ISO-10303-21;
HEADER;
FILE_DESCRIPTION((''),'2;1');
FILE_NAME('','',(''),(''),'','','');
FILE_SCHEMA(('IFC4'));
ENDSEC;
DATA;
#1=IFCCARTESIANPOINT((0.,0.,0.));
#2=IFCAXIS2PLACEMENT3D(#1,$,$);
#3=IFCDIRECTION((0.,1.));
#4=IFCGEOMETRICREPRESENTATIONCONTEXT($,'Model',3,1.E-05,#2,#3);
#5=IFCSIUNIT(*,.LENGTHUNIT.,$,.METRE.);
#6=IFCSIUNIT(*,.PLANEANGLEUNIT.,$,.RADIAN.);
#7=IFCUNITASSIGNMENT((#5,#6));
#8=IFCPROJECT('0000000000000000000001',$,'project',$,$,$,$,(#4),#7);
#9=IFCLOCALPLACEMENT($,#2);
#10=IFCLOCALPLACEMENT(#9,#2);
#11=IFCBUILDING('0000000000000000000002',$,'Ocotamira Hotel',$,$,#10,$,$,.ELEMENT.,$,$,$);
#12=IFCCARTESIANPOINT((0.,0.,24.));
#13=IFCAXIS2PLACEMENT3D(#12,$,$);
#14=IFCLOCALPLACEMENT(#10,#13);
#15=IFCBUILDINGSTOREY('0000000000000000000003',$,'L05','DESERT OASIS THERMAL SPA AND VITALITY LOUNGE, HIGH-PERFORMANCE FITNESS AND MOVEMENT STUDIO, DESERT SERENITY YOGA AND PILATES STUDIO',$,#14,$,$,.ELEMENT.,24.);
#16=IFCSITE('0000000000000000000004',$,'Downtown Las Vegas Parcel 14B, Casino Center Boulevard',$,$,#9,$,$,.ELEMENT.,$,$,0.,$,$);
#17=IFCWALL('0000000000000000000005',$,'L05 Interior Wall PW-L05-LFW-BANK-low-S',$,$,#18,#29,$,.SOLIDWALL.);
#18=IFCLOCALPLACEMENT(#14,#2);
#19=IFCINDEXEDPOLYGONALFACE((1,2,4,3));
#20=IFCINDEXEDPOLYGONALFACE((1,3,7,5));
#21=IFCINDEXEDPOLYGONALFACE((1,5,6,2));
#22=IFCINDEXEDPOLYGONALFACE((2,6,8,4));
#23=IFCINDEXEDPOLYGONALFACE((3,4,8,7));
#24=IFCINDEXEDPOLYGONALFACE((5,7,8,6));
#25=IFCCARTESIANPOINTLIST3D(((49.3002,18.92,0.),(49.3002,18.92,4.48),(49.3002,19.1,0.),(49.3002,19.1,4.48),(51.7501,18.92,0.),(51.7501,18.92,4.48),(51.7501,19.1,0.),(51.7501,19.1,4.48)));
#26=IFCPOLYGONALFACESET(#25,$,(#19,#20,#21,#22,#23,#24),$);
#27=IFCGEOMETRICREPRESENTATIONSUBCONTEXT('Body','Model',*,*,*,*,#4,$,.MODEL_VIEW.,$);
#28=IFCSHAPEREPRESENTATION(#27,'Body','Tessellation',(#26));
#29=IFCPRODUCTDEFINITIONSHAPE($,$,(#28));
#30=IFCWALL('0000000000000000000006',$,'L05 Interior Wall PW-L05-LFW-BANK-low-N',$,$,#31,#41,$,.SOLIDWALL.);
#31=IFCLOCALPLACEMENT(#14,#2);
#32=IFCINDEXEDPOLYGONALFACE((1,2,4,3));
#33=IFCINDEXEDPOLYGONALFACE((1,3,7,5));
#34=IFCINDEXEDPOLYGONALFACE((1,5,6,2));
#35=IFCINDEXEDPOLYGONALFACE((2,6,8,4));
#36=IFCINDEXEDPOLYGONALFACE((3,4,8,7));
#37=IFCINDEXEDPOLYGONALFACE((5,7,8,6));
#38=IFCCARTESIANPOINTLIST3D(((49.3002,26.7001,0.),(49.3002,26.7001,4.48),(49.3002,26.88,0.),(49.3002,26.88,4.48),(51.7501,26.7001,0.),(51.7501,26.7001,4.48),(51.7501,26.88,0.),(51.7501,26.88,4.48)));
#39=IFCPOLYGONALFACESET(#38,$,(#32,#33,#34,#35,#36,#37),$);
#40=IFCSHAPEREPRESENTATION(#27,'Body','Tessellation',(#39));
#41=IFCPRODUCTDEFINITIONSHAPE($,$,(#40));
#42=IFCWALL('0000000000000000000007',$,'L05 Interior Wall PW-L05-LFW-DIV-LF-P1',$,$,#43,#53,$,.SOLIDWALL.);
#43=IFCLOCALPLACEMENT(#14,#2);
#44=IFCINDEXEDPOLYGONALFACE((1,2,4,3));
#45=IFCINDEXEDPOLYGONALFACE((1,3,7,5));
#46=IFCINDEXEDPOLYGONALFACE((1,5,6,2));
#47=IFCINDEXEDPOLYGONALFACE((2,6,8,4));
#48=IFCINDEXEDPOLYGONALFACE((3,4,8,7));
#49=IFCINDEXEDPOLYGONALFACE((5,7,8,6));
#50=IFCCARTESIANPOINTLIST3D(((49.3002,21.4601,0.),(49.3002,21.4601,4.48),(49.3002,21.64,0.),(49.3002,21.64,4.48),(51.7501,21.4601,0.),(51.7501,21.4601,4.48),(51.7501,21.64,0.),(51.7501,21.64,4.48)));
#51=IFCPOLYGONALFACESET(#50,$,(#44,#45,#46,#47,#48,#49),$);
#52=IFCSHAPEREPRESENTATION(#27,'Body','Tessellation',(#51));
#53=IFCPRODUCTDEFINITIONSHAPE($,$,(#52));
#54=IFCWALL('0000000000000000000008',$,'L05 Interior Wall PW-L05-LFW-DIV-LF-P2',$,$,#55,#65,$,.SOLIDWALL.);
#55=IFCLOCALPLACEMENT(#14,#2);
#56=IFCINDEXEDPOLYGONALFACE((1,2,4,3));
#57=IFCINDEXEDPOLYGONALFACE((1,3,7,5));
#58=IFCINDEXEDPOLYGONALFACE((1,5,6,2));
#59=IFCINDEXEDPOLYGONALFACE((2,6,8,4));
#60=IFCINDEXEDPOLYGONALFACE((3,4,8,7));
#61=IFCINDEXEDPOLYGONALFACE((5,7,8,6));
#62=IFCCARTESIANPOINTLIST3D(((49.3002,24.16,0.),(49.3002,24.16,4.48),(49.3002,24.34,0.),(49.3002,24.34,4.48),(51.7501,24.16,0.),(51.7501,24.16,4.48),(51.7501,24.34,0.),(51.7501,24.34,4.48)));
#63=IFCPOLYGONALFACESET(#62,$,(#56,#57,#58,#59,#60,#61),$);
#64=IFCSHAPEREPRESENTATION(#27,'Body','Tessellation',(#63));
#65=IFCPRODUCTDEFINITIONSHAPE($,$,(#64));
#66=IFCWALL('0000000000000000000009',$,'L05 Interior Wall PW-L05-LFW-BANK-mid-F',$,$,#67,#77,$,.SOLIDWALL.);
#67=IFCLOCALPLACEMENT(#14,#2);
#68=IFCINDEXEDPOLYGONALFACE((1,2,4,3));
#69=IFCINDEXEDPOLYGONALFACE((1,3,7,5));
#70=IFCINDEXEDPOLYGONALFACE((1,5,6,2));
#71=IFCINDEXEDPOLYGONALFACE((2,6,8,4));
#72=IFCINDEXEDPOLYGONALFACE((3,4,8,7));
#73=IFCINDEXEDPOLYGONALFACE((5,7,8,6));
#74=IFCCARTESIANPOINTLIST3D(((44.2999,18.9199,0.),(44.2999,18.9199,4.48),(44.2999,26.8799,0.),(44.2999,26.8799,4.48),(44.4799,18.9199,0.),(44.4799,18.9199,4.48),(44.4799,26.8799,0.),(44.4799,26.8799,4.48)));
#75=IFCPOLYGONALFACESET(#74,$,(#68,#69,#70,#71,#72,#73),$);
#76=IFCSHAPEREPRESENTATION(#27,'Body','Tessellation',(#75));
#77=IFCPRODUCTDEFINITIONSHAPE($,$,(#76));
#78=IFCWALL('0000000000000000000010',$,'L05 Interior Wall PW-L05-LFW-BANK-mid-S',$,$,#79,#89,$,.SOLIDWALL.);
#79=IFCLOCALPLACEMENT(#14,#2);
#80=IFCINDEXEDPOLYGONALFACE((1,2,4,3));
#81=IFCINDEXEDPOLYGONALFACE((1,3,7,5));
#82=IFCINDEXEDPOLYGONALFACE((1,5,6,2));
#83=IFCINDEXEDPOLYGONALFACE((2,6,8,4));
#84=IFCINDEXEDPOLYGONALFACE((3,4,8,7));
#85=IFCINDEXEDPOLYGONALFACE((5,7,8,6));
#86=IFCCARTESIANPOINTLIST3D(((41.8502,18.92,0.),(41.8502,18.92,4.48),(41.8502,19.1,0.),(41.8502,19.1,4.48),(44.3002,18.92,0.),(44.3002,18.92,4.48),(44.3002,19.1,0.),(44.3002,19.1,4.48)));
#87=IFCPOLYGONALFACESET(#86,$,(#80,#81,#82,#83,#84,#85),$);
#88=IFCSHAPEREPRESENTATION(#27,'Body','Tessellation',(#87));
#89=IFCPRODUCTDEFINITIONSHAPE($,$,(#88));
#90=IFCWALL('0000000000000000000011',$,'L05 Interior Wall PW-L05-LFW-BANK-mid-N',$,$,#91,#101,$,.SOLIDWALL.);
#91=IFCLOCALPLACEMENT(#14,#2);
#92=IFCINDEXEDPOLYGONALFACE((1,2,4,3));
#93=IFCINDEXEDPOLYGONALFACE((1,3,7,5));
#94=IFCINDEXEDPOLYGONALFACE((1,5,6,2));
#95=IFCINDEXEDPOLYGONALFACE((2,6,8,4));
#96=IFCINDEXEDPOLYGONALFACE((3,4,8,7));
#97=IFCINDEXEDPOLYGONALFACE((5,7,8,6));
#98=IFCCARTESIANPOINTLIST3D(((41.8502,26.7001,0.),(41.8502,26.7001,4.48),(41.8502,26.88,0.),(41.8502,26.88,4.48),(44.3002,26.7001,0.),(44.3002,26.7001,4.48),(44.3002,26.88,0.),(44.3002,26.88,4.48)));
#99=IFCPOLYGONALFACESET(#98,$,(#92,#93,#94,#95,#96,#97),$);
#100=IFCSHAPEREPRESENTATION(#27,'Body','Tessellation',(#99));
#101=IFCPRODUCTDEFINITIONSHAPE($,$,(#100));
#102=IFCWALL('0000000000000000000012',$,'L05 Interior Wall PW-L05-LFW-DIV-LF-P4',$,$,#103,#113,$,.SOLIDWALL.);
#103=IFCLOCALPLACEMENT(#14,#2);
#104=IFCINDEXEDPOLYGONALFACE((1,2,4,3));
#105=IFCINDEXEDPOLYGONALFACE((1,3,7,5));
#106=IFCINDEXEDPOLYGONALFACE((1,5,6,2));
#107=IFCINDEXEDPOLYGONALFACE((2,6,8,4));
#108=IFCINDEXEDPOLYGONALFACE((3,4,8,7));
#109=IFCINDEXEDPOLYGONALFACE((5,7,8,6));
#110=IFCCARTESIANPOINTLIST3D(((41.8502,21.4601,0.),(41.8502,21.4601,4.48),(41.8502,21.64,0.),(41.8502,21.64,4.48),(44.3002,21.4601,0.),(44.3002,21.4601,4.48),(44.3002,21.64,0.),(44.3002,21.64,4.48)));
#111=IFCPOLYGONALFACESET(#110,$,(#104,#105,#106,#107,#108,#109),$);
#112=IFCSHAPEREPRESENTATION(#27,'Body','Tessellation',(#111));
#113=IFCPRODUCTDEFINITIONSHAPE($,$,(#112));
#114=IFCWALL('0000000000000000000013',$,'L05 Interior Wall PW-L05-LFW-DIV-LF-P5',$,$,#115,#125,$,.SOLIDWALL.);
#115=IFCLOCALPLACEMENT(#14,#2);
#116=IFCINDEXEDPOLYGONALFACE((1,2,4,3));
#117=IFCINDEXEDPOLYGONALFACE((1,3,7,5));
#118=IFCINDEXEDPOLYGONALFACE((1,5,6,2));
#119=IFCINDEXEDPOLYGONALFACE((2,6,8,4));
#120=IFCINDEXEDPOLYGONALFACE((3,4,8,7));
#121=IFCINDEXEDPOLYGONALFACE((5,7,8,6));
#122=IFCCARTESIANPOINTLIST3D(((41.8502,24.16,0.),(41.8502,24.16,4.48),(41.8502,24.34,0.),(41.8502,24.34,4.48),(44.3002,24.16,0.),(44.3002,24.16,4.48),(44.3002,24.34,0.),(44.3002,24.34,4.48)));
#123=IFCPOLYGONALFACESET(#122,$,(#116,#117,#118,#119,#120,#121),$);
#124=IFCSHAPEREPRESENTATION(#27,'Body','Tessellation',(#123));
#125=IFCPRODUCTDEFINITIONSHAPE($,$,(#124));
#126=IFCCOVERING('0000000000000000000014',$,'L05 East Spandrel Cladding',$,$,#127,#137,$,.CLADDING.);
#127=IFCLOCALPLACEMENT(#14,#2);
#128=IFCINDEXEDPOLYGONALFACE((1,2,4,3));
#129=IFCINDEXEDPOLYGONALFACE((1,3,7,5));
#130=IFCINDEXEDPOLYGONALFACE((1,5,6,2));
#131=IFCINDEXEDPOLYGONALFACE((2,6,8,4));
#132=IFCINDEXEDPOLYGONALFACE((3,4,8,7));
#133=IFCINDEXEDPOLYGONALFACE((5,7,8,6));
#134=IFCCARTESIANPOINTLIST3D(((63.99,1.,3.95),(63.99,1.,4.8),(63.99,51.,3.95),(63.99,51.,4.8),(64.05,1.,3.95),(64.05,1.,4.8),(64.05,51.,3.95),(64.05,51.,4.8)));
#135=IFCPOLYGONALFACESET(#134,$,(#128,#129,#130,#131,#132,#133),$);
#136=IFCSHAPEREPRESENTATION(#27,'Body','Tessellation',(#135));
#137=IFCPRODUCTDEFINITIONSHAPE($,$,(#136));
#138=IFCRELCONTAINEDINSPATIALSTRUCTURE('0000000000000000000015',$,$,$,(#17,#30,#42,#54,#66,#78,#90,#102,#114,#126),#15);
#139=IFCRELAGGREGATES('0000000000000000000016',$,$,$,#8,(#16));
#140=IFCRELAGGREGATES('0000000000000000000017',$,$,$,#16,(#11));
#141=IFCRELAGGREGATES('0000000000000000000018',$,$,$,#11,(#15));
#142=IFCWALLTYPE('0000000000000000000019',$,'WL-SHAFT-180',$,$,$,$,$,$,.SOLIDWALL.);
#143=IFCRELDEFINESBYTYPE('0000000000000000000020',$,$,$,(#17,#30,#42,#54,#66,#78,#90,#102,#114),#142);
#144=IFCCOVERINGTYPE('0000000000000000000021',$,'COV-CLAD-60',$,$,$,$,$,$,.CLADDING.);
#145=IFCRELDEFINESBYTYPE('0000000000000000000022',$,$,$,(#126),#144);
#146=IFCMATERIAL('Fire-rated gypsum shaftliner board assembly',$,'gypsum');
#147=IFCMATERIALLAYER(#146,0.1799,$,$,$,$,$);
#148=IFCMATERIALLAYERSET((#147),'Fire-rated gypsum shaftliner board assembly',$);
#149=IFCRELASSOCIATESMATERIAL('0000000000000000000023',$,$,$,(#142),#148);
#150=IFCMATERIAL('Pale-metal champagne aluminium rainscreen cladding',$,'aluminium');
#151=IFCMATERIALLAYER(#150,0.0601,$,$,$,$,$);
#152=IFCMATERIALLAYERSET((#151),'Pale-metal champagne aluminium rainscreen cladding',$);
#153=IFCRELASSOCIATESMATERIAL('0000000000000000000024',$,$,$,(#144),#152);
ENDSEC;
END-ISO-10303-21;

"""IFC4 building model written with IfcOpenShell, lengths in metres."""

from ifc_helpers import new_model, si_unit, direction, frame, frame_2d, origin, origin_2d, place, context, subcontext, project, spatial, rectangle, extrude, source, transform, mapped, material, layer, layer_set, type_object, element, save


model = new_model("IFC4")

# Units and contexts
model_context = context("Model", 3, precision=1e-05, world=origin(), true_north=direction((0.0, 1.0)))
body_context = subcontext(model_context, "Body", "Model", "MODEL_VIEW")
ifc_project = project(units=[si_unit("LENGTHUNIT", "METRE"), si_unit("PLANEANGLEUNIT", "RADIAN")], contexts=[model_context])

# Site, building, storey
site_placement = place(None, origin())
site = spatial("IfcSite", under=ifc_project, at=site_placement, Name="Downtown Las Vegas Parcel 14B, Casino Center Boulevard", CompositionType="ELEMENT", RefElevation=0.0)
building_placement = place(site_placement, origin())
building = spatial("IfcBuilding", under=site, at=building_placement, Name="Ocotamira Hotel", CompositionType="ELEMENT")
storey_placement = place(building_placement, frame((0.0, 0.0, 24.0)))
storey = spatial("IfcBuildingStorey", under=building, at=storey_placement, Name="L05", Description="DESERT OASIS THERMAL SPA AND VITALITY LOUNGE, HIGH-PERFORMANCE FITNESS AND MOVEMENT STUDIO, DESERT SERENITY YOGA AND PILATES STUDIO", CompositionType="ELEMENT", Elevation=24.0)

# Shared definitions
ifc_material_1 = material(Name="Fire-rated gypsum shaftliner board assembly", Category="gypsum")
ifc_layer_1 = layer(ifc_material_1, 0.1799)
ifc_layer_set_1 = layer_set([ifc_layer_1], Name="Fire-rated gypsum shaftliner board assembly")
wall_type_1 = type_object("IfcWallType", Name="WL-SHAFT-180", PredefinedType="SOLIDWALL", material=ifc_layer_set_1)

# Walls
for number, where, z_axis, x_axis, name in (
    (1, (49.3, 19.01, 0.0), (0.0, 0.0, 1.0), (1.0, 0.0, 0.0), "L05 Interior Wall PW-L05-LFW-BANK-low-S"),
    (2, (49.3, 26.79, 0.0), (0.0, 0.0, 1.0), (1.0, 0.0, 0.0), "L05 Interior Wall PW-L05-LFW-BANK-low-N"),
    (3, (49.3, 21.55, 0.0), (0.0, 0.0, 1.0), (1.0, 0.0, 0.0), "L05 Interior Wall PW-L05-LFW-DIV-LF-P1"),
    (4, (49.3, 24.25, 0.0), (0.0, 0.0, 1.0), (1.0, 0.0, 0.0), "L05 Interior Wall PW-L05-LFW-DIV-LF-P2"),
):
    element("IfcWall", number, at=place(storey_placement, frame(where, z_axis=z_axis, x_axis=x_axis)), inside=storey, type_object=wall_type_1, Name=name, PredefinedType="SOLIDWALL", context=body_context, shape_type="SweptSolid", body=[
        extrude(rectangle(XDim=2.45, YDim=0.1799, at=frame_2d((1.2251, 0.0))), origin(), (0.0, 0.0, 1.0), 4.48),
    ])
wall_1_placement = place(storey_placement, frame((44.3899, 18.9199, 0.0), z_axis=(0.0, 0.0, 1.0), x_axis=(0.0, 1.0, 0.0)))
element("IfcWall", 5, at=wall_1_placement, inside=storey, type_object=wall_type_1, Name="L05 Interior Wall PW-L05-LFW-BANK-mid-F", PredefinedType="SOLIDWALL", context=body_context, shape_type="SweptSolid", body=[
    extrude(rectangle(XDim=7.96, YDim=0.1799, at=frame_2d((3.98, 0.0))), origin(), (0.0, 0.0, 1.0), 4.48),
])
for number, where, z_axis, x_axis, name in (
    (6, (41.8501, 19.01, 0.0), (0.0, 0.0, 1.0), (1.0, 0.0, 0.0), "L05 Interior Wall PW-L05-LFW-BANK-mid-S"),
    (7, (41.8501, 26.79, 0.0), (0.0, 0.0, 1.0), (1.0, 0.0, 0.0), "L05 Interior Wall PW-L05-LFW-BANK-mid-N"),
    (8, (41.8501, 21.55, 0.0), (0.0, 0.0, 1.0), (1.0, 0.0, 0.0), "L05 Interior Wall PW-L05-LFW-DIV-LF-P4"),
    (9, (41.8501, 24.25, 0.0), (0.0, 0.0, 1.0), (1.0, 0.0, 0.0), "L05 Interior Wall PW-L05-LFW-DIV-LF-P5"),
):
    element("IfcWall", number, at=place(storey_placement, frame(where, z_axis=z_axis, x_axis=x_axis)), inside=storey, type_object=wall_type_1, Name=name, PredefinedType="SOLIDWALL", context=body_context, shape_type="SweptSolid", body=[
        extrude(rectangle(XDim=2.45, YDim=0.1799, at=frame_2d((1.2251, 0.0))), origin(), (0.0, 0.0, 1.0), 4.48),
    ])

# Covering
ifc_material_2 = material(Name="Pale-metal champagne aluminium rainscreen cladding", Category="aluminium")
ifc_layer_2 = layer(ifc_material_2, 0.0601)
ifc_layer_set_2 = layer_set([ifc_layer_2], Name="Pale-metal champagne aluminium rainscreen cladding")
covering_type = type_object("IfcCoveringType", Name="COV-CLAD-60", PredefinedType="CLADDING", material=ifc_layer_set_2)
shared_shape_1 = source(origin(), body_context, "Body", "SweptSolid", [
    extrude(rectangle(XDim=0.0601, YDim=50.0, at=origin_2d()), origin(), (0.0, 0.0, 1.0), 0.8501),
])
covering_placement = place(storey_placement, frame((64.02, 26.0, 3.95), z_axis=(0.0, 0.0, 1.0), x_axis=(1.0, 0.0, 0.0)))
element("IfcCovering", 10, at=covering_placement, inside=storey, type_object=covering_type, Name="L05 East Spandrel Cladding", PredefinedType="CLADDING", context=body_context, shape_type="MappedRepresentation", body=[
    mapped(shared_shape_1, transform((0.0, 0.0, 0.0), scale=1.0)),
])

save(model, "model.ifc")
